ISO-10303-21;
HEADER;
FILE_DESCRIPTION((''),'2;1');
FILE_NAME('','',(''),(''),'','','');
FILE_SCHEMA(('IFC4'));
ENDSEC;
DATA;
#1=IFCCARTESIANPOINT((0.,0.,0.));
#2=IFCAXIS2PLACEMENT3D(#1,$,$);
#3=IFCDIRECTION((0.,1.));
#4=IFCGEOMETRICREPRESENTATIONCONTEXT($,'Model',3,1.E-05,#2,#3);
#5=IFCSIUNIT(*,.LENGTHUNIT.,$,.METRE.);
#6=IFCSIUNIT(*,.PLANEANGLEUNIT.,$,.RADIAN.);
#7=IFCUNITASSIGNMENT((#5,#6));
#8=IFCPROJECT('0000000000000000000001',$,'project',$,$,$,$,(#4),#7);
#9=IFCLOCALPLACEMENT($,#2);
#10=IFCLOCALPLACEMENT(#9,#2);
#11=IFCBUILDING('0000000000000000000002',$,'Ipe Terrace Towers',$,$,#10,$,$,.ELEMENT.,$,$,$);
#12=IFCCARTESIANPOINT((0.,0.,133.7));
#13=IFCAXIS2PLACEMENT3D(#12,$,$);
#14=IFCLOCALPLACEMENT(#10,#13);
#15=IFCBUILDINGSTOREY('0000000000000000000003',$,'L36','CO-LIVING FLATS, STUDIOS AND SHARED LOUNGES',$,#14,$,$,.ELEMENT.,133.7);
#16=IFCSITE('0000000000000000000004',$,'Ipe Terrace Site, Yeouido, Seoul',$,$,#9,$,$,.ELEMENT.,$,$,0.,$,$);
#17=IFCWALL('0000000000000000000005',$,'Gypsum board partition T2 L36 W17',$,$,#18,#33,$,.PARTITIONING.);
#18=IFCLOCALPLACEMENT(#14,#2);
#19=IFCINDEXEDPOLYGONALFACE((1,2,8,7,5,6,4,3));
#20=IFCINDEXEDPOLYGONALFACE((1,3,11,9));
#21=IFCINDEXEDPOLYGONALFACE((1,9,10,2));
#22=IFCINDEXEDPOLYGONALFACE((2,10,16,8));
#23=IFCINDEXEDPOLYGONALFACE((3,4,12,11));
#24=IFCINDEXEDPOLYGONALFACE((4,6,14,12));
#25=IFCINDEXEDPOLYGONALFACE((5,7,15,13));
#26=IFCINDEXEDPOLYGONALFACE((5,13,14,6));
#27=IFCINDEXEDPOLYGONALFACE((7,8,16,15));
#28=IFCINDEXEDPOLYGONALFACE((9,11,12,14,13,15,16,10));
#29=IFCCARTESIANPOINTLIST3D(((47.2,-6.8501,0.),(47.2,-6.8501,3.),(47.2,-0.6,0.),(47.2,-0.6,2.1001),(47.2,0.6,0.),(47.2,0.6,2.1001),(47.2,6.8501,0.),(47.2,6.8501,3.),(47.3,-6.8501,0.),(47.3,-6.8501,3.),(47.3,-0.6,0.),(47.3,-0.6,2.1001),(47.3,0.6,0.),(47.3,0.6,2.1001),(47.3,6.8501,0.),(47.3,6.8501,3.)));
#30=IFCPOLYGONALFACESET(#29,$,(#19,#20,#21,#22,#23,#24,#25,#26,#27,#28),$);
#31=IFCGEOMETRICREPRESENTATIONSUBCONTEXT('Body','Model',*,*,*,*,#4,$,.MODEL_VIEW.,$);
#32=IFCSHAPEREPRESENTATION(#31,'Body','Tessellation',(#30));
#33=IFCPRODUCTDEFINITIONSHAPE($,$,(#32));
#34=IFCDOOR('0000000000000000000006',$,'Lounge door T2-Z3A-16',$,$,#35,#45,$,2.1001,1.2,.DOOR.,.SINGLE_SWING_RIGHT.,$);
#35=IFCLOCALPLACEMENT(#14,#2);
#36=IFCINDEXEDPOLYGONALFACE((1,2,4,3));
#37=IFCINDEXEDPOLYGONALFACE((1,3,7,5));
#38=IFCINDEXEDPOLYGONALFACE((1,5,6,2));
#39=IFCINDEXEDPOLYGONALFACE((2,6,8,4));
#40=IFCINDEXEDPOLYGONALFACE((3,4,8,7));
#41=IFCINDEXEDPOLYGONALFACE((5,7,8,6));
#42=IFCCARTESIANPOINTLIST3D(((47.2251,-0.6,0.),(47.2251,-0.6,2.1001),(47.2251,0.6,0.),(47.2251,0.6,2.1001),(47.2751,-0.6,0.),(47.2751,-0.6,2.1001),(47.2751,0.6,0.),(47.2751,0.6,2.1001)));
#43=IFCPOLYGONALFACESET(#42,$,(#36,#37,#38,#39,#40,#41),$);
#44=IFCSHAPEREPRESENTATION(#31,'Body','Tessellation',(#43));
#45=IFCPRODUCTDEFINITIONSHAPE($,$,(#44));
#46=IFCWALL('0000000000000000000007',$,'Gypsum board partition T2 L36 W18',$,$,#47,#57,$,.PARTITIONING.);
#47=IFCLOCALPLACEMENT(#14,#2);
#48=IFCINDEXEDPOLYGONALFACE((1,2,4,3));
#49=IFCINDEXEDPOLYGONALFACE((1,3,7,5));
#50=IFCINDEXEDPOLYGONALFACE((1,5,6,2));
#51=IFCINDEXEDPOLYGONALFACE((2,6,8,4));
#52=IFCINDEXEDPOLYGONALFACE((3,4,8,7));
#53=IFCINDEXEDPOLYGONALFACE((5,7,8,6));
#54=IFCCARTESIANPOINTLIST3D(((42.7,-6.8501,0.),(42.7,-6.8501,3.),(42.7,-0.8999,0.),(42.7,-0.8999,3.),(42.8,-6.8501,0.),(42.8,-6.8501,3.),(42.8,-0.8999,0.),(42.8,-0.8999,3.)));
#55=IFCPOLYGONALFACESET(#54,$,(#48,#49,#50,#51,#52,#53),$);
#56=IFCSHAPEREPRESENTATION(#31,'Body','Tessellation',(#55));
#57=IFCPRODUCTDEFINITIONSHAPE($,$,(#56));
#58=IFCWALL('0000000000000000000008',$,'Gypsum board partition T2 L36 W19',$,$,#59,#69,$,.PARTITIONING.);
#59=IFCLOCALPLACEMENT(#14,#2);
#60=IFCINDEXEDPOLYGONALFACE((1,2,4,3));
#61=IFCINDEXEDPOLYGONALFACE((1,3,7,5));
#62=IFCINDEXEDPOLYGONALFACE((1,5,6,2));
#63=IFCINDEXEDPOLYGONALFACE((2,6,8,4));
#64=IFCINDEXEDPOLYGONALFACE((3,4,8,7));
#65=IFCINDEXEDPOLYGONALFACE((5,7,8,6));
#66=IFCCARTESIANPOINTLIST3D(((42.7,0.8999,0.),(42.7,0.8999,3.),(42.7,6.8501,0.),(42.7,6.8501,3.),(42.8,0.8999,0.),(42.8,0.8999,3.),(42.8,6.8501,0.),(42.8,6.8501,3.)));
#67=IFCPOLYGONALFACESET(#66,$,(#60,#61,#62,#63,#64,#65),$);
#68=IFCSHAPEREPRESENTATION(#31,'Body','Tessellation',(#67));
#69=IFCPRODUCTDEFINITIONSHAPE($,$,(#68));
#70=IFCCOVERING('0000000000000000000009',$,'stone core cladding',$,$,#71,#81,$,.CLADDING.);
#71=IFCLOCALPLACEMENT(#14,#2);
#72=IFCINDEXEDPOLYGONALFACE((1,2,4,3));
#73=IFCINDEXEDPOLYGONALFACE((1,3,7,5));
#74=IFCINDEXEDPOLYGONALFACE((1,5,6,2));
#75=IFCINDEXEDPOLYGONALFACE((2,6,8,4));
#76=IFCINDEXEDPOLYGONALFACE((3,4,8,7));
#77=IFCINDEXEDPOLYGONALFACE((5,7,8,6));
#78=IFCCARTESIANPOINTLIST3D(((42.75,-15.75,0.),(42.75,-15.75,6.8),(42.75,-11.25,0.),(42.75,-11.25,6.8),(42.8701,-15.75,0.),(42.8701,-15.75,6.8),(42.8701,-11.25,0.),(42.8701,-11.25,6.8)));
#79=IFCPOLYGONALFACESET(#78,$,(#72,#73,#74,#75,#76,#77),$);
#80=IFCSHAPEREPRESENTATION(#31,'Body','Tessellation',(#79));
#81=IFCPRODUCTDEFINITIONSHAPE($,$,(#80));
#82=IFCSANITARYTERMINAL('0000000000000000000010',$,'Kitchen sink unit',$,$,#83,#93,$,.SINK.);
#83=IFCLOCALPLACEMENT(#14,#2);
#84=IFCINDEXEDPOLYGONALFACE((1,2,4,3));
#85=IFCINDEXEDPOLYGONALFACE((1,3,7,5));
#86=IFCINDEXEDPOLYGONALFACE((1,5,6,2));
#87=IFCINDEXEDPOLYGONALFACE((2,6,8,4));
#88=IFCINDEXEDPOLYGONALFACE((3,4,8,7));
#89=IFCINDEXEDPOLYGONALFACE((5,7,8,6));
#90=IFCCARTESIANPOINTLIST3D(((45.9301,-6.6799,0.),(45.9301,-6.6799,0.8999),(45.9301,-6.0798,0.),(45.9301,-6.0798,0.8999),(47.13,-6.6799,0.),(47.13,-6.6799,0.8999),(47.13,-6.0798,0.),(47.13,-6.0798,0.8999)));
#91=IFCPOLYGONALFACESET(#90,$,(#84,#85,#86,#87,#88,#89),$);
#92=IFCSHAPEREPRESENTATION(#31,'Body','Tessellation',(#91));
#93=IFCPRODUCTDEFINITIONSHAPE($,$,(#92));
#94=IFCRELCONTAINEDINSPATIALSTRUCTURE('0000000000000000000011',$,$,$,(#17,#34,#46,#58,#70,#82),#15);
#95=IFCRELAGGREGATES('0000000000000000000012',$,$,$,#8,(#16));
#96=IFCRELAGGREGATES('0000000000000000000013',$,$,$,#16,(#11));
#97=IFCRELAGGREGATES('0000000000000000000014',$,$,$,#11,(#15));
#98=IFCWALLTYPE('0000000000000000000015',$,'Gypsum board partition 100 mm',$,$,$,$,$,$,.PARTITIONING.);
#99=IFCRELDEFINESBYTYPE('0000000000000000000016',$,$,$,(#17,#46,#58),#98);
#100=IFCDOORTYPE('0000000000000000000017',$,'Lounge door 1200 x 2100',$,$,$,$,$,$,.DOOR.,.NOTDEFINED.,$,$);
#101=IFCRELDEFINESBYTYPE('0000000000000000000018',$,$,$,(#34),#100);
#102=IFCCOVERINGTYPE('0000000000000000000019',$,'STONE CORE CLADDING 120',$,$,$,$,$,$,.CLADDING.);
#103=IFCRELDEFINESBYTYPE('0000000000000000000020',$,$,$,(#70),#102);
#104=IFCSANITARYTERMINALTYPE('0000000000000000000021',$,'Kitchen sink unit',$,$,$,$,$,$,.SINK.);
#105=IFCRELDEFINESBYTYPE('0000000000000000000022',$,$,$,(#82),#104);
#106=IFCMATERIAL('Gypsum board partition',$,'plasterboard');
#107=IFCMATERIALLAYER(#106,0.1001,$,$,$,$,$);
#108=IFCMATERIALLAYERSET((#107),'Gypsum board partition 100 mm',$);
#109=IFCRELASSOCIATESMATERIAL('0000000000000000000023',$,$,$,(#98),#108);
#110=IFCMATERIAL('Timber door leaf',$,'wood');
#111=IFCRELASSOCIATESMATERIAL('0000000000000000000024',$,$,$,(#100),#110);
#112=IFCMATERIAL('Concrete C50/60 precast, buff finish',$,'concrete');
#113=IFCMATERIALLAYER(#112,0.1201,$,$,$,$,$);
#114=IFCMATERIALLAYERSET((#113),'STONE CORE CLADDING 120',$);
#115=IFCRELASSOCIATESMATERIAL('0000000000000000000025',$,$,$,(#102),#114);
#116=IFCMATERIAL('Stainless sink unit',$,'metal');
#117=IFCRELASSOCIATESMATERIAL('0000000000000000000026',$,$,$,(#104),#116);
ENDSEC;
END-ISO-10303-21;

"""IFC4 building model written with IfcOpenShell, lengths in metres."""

from ifc_helpers import new_model, si_unit, direction, frame, frame_2d, origin, origin_2d, place, context, subcontext, project, spatial, rectangle, extrude, material, layer, layer_set, type_object, element, fill, save


model = new_model("IFC4")

# Units and contexts
model_context = context("Model", 3, precision=1e-05, world=origin(), true_north=direction((0.0, 1.0)))
body_context = subcontext(model_context, "Body", "Model", "MODEL_VIEW")
ifc_project = project(units=[si_unit("LENGTHUNIT", "METRE"), si_unit("PLANEANGLEUNIT", "RADIAN")], contexts=[model_context])

# Site, building, storey
site_placement = place(None, origin())
site = spatial("IfcSite", under=ifc_project, at=site_placement, Name="Ipe Terrace Site, Yeouido, Seoul", CompositionType="ELEMENT", RefElevation=0.0)
building_placement = place(site_placement, origin())
building = spatial("IfcBuilding", under=site, at=building_placement, Name="Ipe Terrace Towers", CompositionType="ELEMENT")
storey_placement = place(building_placement, frame((0.0, 0.0, 133.7)))
storey = spatial("IfcBuildingStorey", under=building, at=storey_placement, Name="L36", Description="CO-LIVING FLATS, STUDIOS AND SHARED LOUNGES", CompositionType="ELEMENT", Elevation=133.7)

# Wall, opening, door
ifc_material_1 = material(Name="Gypsum board partition", Category="plasterboard")
ifc_layer_1 = layer(ifc_material_1, 0.1001)
ifc_layer_set_1 = layer_set([ifc_layer_1], Name="Gypsum board partition 100 mm")
wall_type_1 = type_object("IfcWallType", Name="Gypsum board partition 100 mm", PredefinedType="PARTITIONING", material=ifc_layer_set_1)
wall_1_placement = place(storey_placement, frame((47.25, -6.8501, 0.0), z_axis=(0.0, 0.0, 1.0), x_axis=(0.0, 1.0, 0.0)))
wall_1 = element("IfcWall", 1, at=wall_1_placement, inside=storey, type_object=wall_type_1, Name="Gypsum board partition T2 L36 W17", PredefinedType="PARTITIONING", context=body_context, shape_type="SweptSolid", body=[
    extrude(rectangle(XDim=13.7002, YDim=0.1001, at=frame_2d((6.8501, 0.0))), origin(), (0.0, 0.0, 1.0), 3.0),
])
opening_1_placement = place(wall_1_placement, frame((6.25, 0.0, 0.0)))
opening_1 = element("IfcOpeningElement", 2, at=opening_1_placement, cuts=wall_1, PredefinedType="OPENING", context=body_context, shape_type="SweptSolid", body=[
    extrude(rectangle(XDim=1.2, YDim=2.1001, at=frame_2d((0.6001, 1.05))), frame((0.0, 0.0601, 0.0), z_axis=(0.0, -1.0, 0.0), x_axis=(1.0, 0.0, 0.0)), (0.0, 0.0, 1.0), 0.1201),
])
ifc_material_2 = material(Name="Timber door leaf", Category="wood")
door_type_1 = type_object("IfcDoorType", Name="Lounge door 1200 x 2100", OperationType="NOTDEFINED", PredefinedType="DOOR", material=ifc_material_2)
door_1_placement = place(opening_1_placement, origin())
door_1 = element("IfcDoor", 3, at=door_1_placement, inside=storey, type_object=door_type_1, Name="Lounge door T2-Z3A-16", OperationType="SINGLE_SWING_RIGHT", OverallHeight=2.1001, OverallWidth=1.2, PredefinedType="DOOR", context=body_context, shape_type="SweptSolid", body=[
    extrude(rectangle(XDim=1.2, YDim=2.1001, at=frame_2d((0.6001, 1.05))), frame((0.0, 0.0249, 0.0), z_axis=(0.0, -1.0, 0.0), x_axis=(1.0, 0.0, 0.0)), (0.0, 0.0, 1.0), 0.05),
])
fill(opening_1, door_1)

# Walls
for number, where, z_axis, x_axis, name in (
    (4, (42.75, -6.8501, 0.0), (0.0, 0.0, 1.0), (0.0, 1.0, 0.0), "Gypsum board partition T2 L36 W18"),
    (5, (42.75, 0.8999, 0.0), (0.0, 0.0, 1.0), (0.0, 1.0, 0.0), "Gypsum board partition T2 L36 W19"),
):
    element("IfcWall", number, at=place(storey_placement, frame(where, z_axis=z_axis, x_axis=x_axis)), inside=storey, type_object=wall_type_1, Name=name, PredefinedType="PARTITIONING", context=body_context, shape_type="SweptSolid", body=[
        extrude(rectangle(XDim=5.9502, YDim=0.1001, at=frame_2d((2.9751, 0.0))), origin(), (0.0, 0.0, 1.0), 3.0),
    ])

# Covering
ifc_material_3 = material(Name="Concrete C50/60 precast, buff finish", Category="concrete")
ifc_layer_2 = layer(ifc_material_3, 0.1201)
ifc_layer_set_2 = layer_set([ifc_layer_2], Name="STONE CORE CLADDING 120")
covering_type = type_object("IfcCoveringType", Name="STONE CORE CLADDING 120", PredefinedType="CLADDING", material=ifc_layer_set_2)
covering_placement = place(storey_placement, frame((42.8101, -13.5, 0.0), z_axis=(0.0, 0.0, 1.0), x_axis=(0.0, 1.0, 0.0)))
element("IfcCovering", 6, at=covering_placement, inside=storey, type_object=covering_type, Name="stone core cladding", PredefinedType="CLADDING", context=body_context, shape_type="SweptSolid", body=[
    extrude(rectangle(XDim=4.5, YDim=0.1201, at=origin_2d()), origin(), (0.0, 0.0, 1.0), 6.8),
])

# Sanitary terminal
ifc_material_4 = material(Name="Stainless sink unit", Category="metal")
sanitary_terminal_type = type_object("IfcSanitaryTerminalType", Name="Kitchen sink unit", PredefinedType="SINK", material=ifc_material_4)
sanitary_terminal_placement = place(storey_placement, frame((46.53, -6.3799, 0.0), z_axis=(0.0, 0.0, 1.0), x_axis=(-1.0, 0.0, 0.0)))
element("IfcSanitaryTerminal", 7, at=sanitary_terminal_placement, inside=storey, type_object=sanitary_terminal_type, Name="Kitchen sink unit", PredefinedType="SINK", context=body_context, shape_type="SweptSolid", body=[
    extrude(rectangle(XDim=1.2, YDim=0.6001, at=origin_2d()), origin(), (0.0, 0.0, 1.0), 0.8999),
])

save(model, "model.ifc")
